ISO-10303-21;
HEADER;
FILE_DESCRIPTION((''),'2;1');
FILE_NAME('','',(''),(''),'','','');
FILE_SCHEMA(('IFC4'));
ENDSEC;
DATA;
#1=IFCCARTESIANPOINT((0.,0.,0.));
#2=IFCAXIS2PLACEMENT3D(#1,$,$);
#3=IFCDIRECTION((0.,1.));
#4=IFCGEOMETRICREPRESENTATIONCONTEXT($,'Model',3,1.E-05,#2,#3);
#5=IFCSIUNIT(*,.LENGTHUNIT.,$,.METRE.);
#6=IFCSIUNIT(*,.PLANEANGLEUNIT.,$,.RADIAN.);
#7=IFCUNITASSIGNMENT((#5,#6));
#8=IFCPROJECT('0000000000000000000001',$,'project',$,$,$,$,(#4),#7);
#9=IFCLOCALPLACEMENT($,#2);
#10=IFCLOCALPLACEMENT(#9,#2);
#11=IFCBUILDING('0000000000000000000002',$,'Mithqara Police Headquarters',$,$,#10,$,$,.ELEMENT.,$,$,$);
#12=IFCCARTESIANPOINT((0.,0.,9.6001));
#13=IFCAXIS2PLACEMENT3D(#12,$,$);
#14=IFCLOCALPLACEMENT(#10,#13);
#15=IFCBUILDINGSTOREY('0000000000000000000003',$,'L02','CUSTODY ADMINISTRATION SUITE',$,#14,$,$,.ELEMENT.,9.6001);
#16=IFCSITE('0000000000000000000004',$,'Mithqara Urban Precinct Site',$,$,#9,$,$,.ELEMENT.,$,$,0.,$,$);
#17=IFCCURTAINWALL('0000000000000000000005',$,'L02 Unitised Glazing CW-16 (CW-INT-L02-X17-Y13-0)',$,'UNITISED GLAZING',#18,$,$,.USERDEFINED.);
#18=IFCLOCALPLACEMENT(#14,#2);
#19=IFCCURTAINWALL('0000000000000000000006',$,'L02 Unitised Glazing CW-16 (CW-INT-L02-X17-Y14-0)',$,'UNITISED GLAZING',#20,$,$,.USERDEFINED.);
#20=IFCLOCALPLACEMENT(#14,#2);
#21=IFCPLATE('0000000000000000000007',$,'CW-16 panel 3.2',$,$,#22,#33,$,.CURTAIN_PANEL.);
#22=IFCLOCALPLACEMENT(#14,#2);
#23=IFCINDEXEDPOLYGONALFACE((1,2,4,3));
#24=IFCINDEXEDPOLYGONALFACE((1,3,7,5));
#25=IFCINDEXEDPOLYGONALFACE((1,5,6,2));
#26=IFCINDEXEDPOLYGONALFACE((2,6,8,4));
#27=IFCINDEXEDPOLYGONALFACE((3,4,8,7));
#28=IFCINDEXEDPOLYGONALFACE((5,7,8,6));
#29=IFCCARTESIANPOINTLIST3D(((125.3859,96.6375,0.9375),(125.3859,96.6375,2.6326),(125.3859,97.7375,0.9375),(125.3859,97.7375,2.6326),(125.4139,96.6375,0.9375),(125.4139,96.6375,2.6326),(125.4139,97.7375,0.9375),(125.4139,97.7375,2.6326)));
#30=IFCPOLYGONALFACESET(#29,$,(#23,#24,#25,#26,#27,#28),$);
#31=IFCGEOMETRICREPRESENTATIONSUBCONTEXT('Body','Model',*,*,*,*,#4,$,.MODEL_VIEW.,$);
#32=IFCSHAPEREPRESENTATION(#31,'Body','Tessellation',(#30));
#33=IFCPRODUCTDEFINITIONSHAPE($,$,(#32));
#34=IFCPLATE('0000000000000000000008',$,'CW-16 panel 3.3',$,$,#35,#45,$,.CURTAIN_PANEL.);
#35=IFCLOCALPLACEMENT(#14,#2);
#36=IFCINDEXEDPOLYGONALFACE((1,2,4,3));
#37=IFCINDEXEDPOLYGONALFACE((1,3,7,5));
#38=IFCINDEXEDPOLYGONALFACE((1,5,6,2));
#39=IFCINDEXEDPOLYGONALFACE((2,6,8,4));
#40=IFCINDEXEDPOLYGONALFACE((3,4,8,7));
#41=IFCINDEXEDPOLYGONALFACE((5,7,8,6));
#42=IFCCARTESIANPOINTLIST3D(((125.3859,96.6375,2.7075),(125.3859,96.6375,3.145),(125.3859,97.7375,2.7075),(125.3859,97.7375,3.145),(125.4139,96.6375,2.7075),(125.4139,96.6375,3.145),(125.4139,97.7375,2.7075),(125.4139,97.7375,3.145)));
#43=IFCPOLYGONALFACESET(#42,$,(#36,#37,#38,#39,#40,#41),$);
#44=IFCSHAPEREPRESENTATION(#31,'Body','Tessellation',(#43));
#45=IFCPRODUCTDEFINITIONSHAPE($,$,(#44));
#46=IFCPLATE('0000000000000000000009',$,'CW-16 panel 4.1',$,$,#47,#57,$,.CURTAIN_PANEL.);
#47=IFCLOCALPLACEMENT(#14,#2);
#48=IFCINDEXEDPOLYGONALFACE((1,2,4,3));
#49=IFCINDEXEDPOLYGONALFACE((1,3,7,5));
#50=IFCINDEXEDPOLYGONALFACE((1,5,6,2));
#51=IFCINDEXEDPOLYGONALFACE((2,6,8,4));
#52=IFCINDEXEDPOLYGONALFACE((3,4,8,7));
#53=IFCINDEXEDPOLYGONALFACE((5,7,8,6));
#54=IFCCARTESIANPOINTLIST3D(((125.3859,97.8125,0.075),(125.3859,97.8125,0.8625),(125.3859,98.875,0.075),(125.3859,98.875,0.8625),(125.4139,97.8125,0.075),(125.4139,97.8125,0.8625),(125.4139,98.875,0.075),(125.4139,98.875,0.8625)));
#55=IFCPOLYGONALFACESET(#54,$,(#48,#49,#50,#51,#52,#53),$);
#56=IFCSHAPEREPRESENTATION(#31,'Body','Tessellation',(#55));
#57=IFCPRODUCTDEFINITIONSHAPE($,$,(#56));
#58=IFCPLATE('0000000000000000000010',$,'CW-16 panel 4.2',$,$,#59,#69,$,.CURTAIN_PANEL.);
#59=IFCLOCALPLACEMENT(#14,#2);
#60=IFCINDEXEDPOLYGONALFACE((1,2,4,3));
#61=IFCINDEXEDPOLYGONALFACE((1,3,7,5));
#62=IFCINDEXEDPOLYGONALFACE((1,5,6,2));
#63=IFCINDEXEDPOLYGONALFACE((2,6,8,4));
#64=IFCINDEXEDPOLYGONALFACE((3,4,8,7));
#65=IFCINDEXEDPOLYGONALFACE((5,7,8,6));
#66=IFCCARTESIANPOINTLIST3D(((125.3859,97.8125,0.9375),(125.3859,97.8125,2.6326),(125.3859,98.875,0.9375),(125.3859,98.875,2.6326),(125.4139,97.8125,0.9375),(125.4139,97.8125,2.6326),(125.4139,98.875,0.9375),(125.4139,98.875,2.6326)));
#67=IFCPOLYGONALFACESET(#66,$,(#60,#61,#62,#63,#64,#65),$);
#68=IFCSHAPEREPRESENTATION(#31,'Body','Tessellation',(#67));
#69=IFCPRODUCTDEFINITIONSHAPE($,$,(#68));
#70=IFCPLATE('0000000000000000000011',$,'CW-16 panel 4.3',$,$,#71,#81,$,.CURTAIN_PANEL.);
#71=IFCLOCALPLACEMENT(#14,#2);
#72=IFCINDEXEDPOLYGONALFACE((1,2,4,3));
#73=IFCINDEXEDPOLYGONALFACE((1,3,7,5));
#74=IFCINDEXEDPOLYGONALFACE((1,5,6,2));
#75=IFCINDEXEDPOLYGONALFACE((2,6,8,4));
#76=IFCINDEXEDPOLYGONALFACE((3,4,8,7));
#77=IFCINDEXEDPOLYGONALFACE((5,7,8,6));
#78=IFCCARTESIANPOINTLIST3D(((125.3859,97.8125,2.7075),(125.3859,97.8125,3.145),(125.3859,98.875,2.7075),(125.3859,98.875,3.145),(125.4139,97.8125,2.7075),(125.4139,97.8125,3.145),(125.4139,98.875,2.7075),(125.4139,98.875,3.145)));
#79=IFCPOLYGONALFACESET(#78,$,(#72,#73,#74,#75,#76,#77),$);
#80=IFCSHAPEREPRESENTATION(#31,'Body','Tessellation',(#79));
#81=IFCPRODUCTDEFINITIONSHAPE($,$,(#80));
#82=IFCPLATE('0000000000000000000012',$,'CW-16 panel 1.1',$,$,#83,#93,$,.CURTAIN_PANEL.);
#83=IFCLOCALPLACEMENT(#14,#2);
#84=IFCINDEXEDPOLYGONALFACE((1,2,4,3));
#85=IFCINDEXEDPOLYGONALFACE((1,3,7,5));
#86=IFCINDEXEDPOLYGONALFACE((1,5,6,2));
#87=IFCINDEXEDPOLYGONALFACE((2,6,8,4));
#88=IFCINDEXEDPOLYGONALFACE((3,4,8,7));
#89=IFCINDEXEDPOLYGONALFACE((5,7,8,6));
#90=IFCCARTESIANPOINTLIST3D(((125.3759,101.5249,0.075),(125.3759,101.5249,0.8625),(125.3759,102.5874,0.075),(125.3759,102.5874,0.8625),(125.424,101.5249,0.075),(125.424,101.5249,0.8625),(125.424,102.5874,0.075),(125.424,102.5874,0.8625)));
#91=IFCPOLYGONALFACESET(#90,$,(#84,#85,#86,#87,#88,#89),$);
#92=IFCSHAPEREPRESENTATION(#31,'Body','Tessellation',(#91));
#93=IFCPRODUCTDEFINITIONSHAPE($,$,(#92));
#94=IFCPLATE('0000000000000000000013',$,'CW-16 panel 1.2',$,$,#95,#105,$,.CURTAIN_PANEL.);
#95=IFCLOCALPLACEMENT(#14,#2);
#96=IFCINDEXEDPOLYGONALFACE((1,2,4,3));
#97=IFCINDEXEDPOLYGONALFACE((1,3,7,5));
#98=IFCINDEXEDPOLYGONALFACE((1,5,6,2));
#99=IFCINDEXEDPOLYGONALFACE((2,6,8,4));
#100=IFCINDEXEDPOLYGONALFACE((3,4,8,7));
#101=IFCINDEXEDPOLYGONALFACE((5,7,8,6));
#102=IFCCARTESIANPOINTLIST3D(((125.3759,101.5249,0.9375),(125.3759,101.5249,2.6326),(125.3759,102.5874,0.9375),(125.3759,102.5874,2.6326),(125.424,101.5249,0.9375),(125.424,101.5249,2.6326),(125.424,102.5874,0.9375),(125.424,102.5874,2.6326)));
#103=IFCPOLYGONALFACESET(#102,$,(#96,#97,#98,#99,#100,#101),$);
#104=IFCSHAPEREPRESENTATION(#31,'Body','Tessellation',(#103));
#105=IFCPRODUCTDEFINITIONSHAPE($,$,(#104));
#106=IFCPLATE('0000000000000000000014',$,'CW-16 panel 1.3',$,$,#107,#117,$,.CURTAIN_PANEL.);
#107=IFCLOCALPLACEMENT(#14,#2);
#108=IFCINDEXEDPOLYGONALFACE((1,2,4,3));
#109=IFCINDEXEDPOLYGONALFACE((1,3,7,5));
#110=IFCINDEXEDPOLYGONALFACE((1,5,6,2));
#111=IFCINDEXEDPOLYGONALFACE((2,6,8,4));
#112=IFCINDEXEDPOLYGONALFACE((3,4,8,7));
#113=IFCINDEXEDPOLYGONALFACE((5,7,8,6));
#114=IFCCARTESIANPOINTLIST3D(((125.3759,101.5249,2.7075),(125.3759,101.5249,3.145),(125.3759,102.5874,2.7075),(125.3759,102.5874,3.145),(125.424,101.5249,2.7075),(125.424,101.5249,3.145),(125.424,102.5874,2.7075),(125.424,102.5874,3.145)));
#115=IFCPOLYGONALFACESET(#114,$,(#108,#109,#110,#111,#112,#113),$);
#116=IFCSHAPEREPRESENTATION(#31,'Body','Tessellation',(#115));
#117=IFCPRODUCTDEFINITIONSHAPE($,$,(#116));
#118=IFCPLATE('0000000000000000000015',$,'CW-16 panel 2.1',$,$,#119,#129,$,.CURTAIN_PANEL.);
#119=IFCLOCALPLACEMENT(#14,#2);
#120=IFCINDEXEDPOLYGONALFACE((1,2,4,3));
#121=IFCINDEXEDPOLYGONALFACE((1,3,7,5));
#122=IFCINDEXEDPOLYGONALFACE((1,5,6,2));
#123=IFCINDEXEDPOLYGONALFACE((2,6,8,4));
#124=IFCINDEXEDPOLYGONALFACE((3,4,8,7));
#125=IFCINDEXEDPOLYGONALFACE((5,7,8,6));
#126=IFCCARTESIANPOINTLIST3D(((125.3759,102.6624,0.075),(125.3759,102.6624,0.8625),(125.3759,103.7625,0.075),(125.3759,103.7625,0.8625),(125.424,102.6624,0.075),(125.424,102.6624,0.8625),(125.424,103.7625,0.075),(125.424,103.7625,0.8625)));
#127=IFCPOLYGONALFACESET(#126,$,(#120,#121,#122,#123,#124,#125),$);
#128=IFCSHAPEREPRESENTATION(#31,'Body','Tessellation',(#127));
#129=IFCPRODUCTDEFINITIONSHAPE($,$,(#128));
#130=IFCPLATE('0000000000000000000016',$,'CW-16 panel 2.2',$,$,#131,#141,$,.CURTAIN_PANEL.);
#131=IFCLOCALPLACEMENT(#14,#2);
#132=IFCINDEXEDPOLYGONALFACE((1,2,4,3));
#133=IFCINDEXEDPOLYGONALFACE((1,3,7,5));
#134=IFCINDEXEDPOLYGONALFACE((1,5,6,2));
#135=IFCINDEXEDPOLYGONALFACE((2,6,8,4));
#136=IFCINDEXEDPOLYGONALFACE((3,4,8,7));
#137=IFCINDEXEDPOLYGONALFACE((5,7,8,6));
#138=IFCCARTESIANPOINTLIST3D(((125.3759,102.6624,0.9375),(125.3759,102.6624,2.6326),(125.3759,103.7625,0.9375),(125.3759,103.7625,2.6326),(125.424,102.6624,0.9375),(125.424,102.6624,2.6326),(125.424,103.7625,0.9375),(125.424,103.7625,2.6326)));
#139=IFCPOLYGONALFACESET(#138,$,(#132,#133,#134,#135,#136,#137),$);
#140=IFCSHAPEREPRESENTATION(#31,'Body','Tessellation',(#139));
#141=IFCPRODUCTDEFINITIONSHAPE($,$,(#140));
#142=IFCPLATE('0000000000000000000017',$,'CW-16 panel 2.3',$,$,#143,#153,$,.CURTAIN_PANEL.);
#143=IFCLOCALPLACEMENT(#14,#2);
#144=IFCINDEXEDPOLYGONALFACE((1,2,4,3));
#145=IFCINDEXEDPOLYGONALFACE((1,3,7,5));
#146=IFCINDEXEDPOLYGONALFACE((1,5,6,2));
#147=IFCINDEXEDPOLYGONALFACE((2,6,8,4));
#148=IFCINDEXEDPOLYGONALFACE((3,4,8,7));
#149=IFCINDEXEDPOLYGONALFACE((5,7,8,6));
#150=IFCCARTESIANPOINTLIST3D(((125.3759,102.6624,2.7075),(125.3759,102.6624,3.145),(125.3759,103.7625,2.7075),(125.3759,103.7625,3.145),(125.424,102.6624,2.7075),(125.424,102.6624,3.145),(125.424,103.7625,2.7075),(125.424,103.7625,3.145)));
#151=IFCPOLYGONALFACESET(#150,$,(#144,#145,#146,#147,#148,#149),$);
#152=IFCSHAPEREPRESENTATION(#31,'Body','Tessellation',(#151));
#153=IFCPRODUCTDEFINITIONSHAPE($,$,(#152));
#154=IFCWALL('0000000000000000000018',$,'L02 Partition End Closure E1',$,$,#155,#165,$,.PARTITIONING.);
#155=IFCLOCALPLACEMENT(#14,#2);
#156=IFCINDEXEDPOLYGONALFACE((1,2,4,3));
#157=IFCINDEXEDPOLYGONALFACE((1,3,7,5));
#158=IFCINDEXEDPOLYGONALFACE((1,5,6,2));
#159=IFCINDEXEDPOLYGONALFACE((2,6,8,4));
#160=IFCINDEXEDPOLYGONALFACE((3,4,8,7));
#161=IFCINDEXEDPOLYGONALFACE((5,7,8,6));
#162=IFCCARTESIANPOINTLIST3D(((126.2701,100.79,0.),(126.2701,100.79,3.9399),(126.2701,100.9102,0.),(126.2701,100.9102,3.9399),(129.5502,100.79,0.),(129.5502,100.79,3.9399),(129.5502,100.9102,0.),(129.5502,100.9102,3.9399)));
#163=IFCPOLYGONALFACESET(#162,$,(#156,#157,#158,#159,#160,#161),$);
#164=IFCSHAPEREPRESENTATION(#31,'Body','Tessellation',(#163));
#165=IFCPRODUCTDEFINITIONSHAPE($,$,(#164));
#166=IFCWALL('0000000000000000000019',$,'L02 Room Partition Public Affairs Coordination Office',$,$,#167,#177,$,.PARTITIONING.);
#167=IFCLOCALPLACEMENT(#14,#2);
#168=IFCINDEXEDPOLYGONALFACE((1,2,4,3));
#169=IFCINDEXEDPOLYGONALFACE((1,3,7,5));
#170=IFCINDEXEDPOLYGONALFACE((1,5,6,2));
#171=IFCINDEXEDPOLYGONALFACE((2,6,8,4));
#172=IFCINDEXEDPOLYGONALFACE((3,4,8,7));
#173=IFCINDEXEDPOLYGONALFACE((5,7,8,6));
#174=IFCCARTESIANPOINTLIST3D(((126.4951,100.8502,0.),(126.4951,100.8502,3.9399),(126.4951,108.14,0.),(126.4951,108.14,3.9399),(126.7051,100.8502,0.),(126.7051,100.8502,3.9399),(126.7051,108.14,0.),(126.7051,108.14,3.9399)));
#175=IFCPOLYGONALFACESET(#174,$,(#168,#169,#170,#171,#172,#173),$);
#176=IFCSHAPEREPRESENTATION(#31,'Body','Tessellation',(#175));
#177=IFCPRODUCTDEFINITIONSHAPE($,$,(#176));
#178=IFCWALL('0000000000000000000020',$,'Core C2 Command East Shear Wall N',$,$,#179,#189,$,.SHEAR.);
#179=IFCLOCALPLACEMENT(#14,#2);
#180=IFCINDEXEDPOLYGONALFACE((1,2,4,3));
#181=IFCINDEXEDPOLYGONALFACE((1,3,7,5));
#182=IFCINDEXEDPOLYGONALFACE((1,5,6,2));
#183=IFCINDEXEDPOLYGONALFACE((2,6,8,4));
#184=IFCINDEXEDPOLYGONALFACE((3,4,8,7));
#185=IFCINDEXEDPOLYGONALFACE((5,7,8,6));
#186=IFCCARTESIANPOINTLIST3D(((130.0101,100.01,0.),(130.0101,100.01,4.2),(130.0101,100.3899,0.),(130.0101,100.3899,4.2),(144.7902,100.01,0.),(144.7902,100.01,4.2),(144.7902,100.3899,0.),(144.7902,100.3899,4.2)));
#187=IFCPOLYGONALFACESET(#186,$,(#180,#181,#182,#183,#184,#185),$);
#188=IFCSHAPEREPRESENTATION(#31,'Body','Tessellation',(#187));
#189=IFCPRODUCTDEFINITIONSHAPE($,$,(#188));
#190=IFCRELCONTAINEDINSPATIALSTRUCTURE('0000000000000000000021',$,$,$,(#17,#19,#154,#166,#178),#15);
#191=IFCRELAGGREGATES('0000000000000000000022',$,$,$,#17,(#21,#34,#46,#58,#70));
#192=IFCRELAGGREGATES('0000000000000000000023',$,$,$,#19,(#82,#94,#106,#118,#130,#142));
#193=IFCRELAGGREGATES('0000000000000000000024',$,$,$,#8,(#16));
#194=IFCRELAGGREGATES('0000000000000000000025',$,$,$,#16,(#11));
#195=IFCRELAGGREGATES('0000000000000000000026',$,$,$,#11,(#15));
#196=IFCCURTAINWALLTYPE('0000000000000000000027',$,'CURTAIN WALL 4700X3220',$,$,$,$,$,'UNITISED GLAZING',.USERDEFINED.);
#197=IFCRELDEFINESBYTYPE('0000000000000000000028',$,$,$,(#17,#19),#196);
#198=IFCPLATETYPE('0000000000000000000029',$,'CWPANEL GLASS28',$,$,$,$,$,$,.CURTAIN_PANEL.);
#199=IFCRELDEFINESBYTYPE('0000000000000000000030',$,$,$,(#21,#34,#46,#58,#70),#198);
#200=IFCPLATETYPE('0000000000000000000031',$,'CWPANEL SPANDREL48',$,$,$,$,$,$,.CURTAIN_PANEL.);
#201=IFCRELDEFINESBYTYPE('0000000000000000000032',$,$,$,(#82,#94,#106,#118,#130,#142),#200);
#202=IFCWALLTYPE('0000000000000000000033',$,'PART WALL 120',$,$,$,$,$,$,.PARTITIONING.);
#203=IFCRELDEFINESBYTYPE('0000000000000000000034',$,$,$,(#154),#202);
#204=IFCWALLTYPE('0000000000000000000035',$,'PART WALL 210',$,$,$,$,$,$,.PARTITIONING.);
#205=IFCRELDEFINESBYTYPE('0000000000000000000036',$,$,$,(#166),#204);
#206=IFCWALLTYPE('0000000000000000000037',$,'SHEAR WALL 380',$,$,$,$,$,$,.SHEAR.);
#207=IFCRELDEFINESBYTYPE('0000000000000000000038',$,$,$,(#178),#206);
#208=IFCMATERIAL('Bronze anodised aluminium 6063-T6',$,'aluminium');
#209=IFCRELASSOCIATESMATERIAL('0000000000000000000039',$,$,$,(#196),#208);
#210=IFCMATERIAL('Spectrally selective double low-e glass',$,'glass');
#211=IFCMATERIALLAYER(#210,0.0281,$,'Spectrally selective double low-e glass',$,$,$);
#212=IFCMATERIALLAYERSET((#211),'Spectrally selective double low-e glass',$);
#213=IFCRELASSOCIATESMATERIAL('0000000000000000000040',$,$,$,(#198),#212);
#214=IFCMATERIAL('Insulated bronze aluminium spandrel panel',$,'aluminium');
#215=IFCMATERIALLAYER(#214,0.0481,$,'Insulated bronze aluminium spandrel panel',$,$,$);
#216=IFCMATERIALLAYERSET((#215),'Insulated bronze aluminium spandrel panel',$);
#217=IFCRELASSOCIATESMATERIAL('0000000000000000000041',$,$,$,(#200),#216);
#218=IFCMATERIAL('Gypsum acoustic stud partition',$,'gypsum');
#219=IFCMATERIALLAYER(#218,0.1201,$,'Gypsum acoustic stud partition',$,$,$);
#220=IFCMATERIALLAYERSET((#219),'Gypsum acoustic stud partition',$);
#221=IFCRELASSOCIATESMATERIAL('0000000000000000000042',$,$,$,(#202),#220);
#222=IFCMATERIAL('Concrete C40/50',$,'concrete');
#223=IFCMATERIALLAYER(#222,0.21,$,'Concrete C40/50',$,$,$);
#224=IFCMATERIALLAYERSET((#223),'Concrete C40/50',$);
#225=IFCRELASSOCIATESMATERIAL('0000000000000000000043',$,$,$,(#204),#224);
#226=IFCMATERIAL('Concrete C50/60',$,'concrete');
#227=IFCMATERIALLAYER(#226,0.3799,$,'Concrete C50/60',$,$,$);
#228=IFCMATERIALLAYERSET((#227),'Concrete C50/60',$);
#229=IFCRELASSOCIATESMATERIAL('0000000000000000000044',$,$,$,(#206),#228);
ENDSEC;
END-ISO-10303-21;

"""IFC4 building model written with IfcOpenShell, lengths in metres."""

from ifc_helpers import new_model, si_unit, direction, frame, frame_2d, origin, origin_2d, place, context, subcontext, project, spatial, rectangle, extrude, material, layer, layer_set, type_object, element, aggregate, save


model = new_model("IFC4")

# Units and contexts
model_context = context("Model", 3, precision=1e-05, world=origin(), true_north=direction((0.0, 1.0)))
body_context = subcontext(model_context, "Body", "Model", "MODEL_VIEW")
ifc_project = project(units=[si_unit("LENGTHUNIT", "METRE"), si_unit("PLANEANGLEUNIT", "RADIAN")], contexts=[model_context])

# Site, building, storey
site_placement = place(None, origin())
site = spatial("IfcSite", under=ifc_project, at=site_placement, Name="Mithqara Urban Precinct Site", CompositionType="ELEMENT", RefElevation=0.0)
building_placement = place(site_placement, origin())
building = spatial("IfcBuilding", under=site, at=building_placement, Name="Mithqara Police Headquarters", CompositionType="ELEMENT")
storey_placement = place(building_placement, frame((0.0, 0.0, 9.6001)))
storey = spatial("IfcBuildingStorey", under=building, at=storey_placement, Name="L02", Description="CUSTODY ADMINISTRATION SUITE", CompositionType="ELEMENT", Elevation=9.6001)

# Shared definitions
ifc_material_1 = material(Name="Concrete C40/50", Category="concrete")

# Curtain walls
ifc_material_2 = material(Name="Bronze anodised aluminium 6063-T6", Category="aluminium")
curtain_wall_type = type_object("IfcCurtainWallType", Name="CURTAIN WALL 4700X3220", ElementType="UNITISED GLAZING", PredefinedType="USERDEFINED", material=ifc_material_2)
curtain_wall_1_placement = place(storey_placement, origin())
curtain_wall_1 = element("IfcCurtainWall", 1, at=curtain_wall_1_placement, inside=storey, type_object=curtain_wall_type, Name="L02 Unitised Glazing CW-16 (CW-INT-L02-X17-Y13-0)", ObjectType="UNITISED GLAZING", PredefinedType="USERDEFINED")
curtain_wall_2_placement = place(storey_placement, origin())
curtain_wall_2 = element("IfcCurtainWall", 2, at=curtain_wall_2_placement, inside=storey, type_object=curtain_wall_type, Name="L02 Unitised Glazing CW-16 (CW-INT-L02-X17-Y14-0)", ObjectType="UNITISED GLAZING", PredefinedType="USERDEFINED")

# Plates
ifc_material_3 = material(Name="Spectrally selective double low-e glass", Category="glass")
ifc_layer_1 = layer(ifc_material_3, 0.0281, Name="Spectrally selective double low-e glass")
ifc_layer_set_1 = layer_set([ifc_layer_1], Name="Spectrally selective double low-e glass")
plate_type_1 = type_object("IfcPlateType", Name="CWPANEL GLASS28", PredefinedType="CURTAIN_PANEL", material=ifc_layer_set_1)
plate_1_placement = place(storey_placement, frame((125.3999, 97.1875, 0.9375), z_axis=(0.0, 0.0, 1.0), x_axis=(0.0, 1.0, 0.0)))
plate_1 = element("IfcPlate", 3, at=plate_1_placement, type_object=plate_type_1, Name="CW-16 panel 3.2", PredefinedType="CURTAIN_PANEL", context=body_context, shape_type="SweptSolid", body=[
    extrude(rectangle(XDim=1.1001, YDim=0.0281, at=origin_2d()), origin(), (0.0, 0.0, 1.0), 1.6951),
])
plate_2_placement = place(storey_placement, frame((125.3999, 97.1875, 2.7075), z_axis=(0.0, 0.0, 1.0), x_axis=(0.0, 1.0, 0.0)))
plate_2 = element("IfcPlate", 4, at=plate_2_placement, type_object=plate_type_1, Name="CW-16 panel 3.3", PredefinedType="CURTAIN_PANEL", context=body_context, shape_type="SweptSolid", body=[
    extrude(rectangle(XDim=1.1001, YDim=0.0281, at=origin_2d()), origin(), (0.0, 0.0, 1.0), 0.4375),
])
plate_3_placement = place(storey_placement, frame((125.3999, 98.3438, 0.075), z_axis=(0.0, 0.0, 1.0), x_axis=(0.0, 1.0, 0.0)))
plate_3 = element("IfcPlate", 5, at=plate_3_placement, type_object=plate_type_1, Name="CW-16 panel 4.1", PredefinedType="CURTAIN_PANEL", context=body_context, shape_type="SweptSolid", body=[
    extrude(rectangle(XDim=1.0625, YDim=0.0281, at=origin_2d()), origin(), (0.0, 0.0, 1.0), 0.7876),
])
plate_4_placement = place(storey_placement, frame((125.3999, 98.3438, 0.9375), z_axis=(0.0, 0.0, 1.0), x_axis=(0.0, 1.0, 0.0)))
plate_4 = element("IfcPlate", 6, at=plate_4_placement, type_object=plate_type_1, Name="CW-16 panel 4.2", PredefinedType="CURTAIN_PANEL", context=body_context, shape_type="SweptSolid", body=[
    extrude(rectangle(XDim=1.0625, YDim=0.0281, at=origin_2d()), origin(), (0.0, 0.0, 1.0), 1.6951),
])
plate_5_placement = place(storey_placement, frame((125.3999, 98.3438, 2.7075), z_axis=(0.0, 0.0, 1.0), x_axis=(0.0, 1.0, 0.0)))
plate_5 = element("IfcPlate", 7, at=plate_5_placement, type_object=plate_type_1, Name="CW-16 panel 4.3", PredefinedType="CURTAIN_PANEL", context=body_context, shape_type="SweptSolid", body=[
    extrude(rectangle(XDim=1.0625, YDim=0.0281, at=origin_2d()), origin(), (0.0, 0.0, 1.0), 0.4375),
])
aggregate(curtain_wall_1, [plate_1, plate_2, plate_3, plate_4, plate_5])
ifc_material_4 = material(Name="Insulated bronze aluminium spandrel panel", Category="aluminium")
ifc_layer_2 = layer(ifc_material_4, 0.0481, Name="Insulated bronze aluminium spandrel panel")
ifc_layer_set_2 = layer_set([ifc_layer_2], Name="Insulated bronze aluminium spandrel panel")
plate_type_2 = type_object("IfcPlateType", Name="CWPANEL SPANDREL48", PredefinedType="CURTAIN_PANEL", material=ifc_layer_set_2)
plate_6_placement = place(storey_placement, frame((125.3999, 102.0562, 0.075), z_axis=(0.0, 0.0, 1.0), x_axis=(0.0, 1.0, 0.0)))
plate_6 = element("IfcPlate", 8, at=plate_6_placement, type_object=plate_type_2, Name="CW-16 panel 1.1", PredefinedType="CURTAIN_PANEL", context=body_context, shape_type="SweptSolid", body=[
    extrude(rectangle(XDim=1.0625, YDim=0.0481, at=origin_2d()), origin(), (0.0, 0.0, 1.0), 0.7876),
])
plate_7_placement = place(storey_placement, frame((125.3999, 102.0562, 0.9375), z_axis=(0.0, 0.0, 1.0), x_axis=(0.0, 1.0, 0.0)))
plate_7 = element("IfcPlate", 9, at=plate_7_placement, type_object=plate_type_2, Name="CW-16 panel 1.2", PredefinedType="CURTAIN_PANEL", context=body_context, shape_type="SweptSolid", body=[
    extrude(rectangle(XDim=1.0625, YDim=0.0481, at=origin_2d()), origin(), (0.0, 0.0, 1.0), 1.6951),
])
plate_8_placement = place(storey_placement, frame((125.3999, 102.0562, 2.7075), z_axis=(0.0, 0.0, 1.0), x_axis=(0.0, 1.0, 0.0)))
plate_8 = element("IfcPlate", 10, at=plate_8_placement, type_object=plate_type_2, Name="CW-16 panel 1.3", PredefinedType="CURTAIN_PANEL", context=body_context, shape_type="SweptSolid", body=[
    extrude(rectangle(XDim=1.0625, YDim=0.0481, at=origin_2d()), origin(), (0.0, 0.0, 1.0), 0.4375),
])
plate_9_placement = place(storey_placement, frame((125.3999, 103.2124, 0.075), z_axis=(0.0, 0.0, 1.0), x_axis=(0.0, 1.0, 0.0)))
plate_9 = element("IfcPlate", 11, at=plate_9_placement, type_object=plate_type_2, Name="CW-16 panel 2.1", PredefinedType="CURTAIN_PANEL", context=body_context, shape_type="SweptSolid", body=[
    extrude(rectangle(XDim=1.1001, YDim=0.0481, at=origin_2d()), origin(), (0.0, 0.0, 1.0), 0.7876),
])
plate_10_placement = place(storey_placement, frame((125.3999, 103.2124, 0.9375), z_axis=(0.0, 0.0, 1.0), x_axis=(0.0, 1.0, 0.0)))
plate_10 = element("IfcPlate", 12, at=plate_10_placement, type_object=plate_type_2, Name="CW-16 panel 2.2", PredefinedType="CURTAIN_PANEL", context=body_context, shape_type="SweptSolid", body=[
    extrude(rectangle(XDim=1.1001, YDim=0.0481, at=origin_2d()), origin(), (0.0, 0.0, 1.0), 1.6951),
])
plate_11_placement = place(storey_placement, frame((125.3999, 103.2124, 2.7075), z_axis=(0.0, 0.0, 1.0), x_axis=(0.0, 1.0, 0.0)))
plate_11 = element("IfcPlate", 13, at=plate_11_placement, type_object=plate_type_2, Name="CW-16 panel 2.3", PredefinedType="CURTAIN_PANEL", context=body_context, shape_type="SweptSolid", body=[
    extrude(rectangle(XDim=1.1001, YDim=0.0481, at=origin_2d()), origin(), (0.0, 0.0, 1.0), 0.4375),
])
aggregate(curtain_wall_2, [plate_6, plate_7, plate_8, plate_9, plate_10, plate_11])

# Walls
ifc_material_5 = material(Name="Gypsum acoustic stud partition", Category="gypsum")
ifc_layer_3 = layer(ifc_material_5, 0.1201, Name="Gypsum acoustic stud partition")
ifc_layer_set_3 = layer_set([ifc_layer_3], Name="Gypsum acoustic stud partition")
wall_type_1 = type_object("IfcWallType", Name="PART WALL 120", PredefinedType="PARTITIONING", material=ifc_layer_set_3)
wall_1_placement = place(storey_placement, frame((126.27, 100.8501, 0.0), z_axis=(0.0, 0.0, 1.0), x_axis=(1.0, 0.0, 0.0)))
element("IfcWall", 14, at=wall_1_placement, inside=storey, type_object=wall_type_1, Name="L02 Partition End Closure E1", PredefinedType="PARTITIONING", context=body_context, shape_type="SweptSolid", body=[
    extrude(rectangle(XDim=3.28, YDim=0.1201, at=frame_2d((1.6401, 0.0))), origin(), (0.0, 0.0, 1.0), 3.9399),
])
ifc_layer_4 = layer(ifc_material_1, 0.21, Name="Concrete C40/50")
ifc_layer_set_4 = layer_set([ifc_layer_4], Name="Concrete C40/50")
wall_type_2 = type_object("IfcWallType", Name="PART WALL 210", PredefinedType="PARTITIONING", material=ifc_layer_set_4)
wall_2_placement = place(storey_placement, frame((126.6001, 100.8501, 0.0), z_axis=(0.0, 0.0, 1.0), x_axis=(0.0, 1.0, 0.0)))
element("IfcWall", 15, at=wall_2_placement, inside=storey, type_object=wall_type_2, Name="L02 Room Partition Public Affairs Coordination Office", PredefinedType="PARTITIONING", context=body_context, shape_type="SweptSolid", body=[
    extrude(rectangle(XDim=7.2898, YDim=0.21, at=frame_2d((3.645, 0.0))), origin(), (0.0, 0.0, 1.0), 3.9399),
])
ifc_material_6 = material(Name="Concrete C50/60", Category="concrete")
ifc_layer_5 = layer(ifc_material_6, 0.3799, Name="Concrete C50/60")
ifc_layer_set_5 = layer_set([ifc_layer_5], Name="Concrete C50/60")
wall_type_3 = type_object("IfcWallType", Name="SHEAR WALL 380", PredefinedType="SHEAR", material=ifc_layer_set_5)
wall_3_placement = place(storey_placement, frame((130.01, 100.2, 0.0), z_axis=(0.0, 0.0, 1.0), x_axis=(1.0, 0.0, 0.0)))
element("IfcWall", 16, at=wall_3_placement, inside=storey, type_object=wall_type_3, Name="Core C2 Command East Shear Wall N", PredefinedType="SHEAR", context=body_context, shape_type="SweptSolid", body=[
    extrude(rectangle(XDim=14.78, YDim=0.3799, at=frame_2d((7.3901, 0.0))), origin(), (0.0, 0.0, 1.0), 4.2),
])

save(model, "model.ifc")
